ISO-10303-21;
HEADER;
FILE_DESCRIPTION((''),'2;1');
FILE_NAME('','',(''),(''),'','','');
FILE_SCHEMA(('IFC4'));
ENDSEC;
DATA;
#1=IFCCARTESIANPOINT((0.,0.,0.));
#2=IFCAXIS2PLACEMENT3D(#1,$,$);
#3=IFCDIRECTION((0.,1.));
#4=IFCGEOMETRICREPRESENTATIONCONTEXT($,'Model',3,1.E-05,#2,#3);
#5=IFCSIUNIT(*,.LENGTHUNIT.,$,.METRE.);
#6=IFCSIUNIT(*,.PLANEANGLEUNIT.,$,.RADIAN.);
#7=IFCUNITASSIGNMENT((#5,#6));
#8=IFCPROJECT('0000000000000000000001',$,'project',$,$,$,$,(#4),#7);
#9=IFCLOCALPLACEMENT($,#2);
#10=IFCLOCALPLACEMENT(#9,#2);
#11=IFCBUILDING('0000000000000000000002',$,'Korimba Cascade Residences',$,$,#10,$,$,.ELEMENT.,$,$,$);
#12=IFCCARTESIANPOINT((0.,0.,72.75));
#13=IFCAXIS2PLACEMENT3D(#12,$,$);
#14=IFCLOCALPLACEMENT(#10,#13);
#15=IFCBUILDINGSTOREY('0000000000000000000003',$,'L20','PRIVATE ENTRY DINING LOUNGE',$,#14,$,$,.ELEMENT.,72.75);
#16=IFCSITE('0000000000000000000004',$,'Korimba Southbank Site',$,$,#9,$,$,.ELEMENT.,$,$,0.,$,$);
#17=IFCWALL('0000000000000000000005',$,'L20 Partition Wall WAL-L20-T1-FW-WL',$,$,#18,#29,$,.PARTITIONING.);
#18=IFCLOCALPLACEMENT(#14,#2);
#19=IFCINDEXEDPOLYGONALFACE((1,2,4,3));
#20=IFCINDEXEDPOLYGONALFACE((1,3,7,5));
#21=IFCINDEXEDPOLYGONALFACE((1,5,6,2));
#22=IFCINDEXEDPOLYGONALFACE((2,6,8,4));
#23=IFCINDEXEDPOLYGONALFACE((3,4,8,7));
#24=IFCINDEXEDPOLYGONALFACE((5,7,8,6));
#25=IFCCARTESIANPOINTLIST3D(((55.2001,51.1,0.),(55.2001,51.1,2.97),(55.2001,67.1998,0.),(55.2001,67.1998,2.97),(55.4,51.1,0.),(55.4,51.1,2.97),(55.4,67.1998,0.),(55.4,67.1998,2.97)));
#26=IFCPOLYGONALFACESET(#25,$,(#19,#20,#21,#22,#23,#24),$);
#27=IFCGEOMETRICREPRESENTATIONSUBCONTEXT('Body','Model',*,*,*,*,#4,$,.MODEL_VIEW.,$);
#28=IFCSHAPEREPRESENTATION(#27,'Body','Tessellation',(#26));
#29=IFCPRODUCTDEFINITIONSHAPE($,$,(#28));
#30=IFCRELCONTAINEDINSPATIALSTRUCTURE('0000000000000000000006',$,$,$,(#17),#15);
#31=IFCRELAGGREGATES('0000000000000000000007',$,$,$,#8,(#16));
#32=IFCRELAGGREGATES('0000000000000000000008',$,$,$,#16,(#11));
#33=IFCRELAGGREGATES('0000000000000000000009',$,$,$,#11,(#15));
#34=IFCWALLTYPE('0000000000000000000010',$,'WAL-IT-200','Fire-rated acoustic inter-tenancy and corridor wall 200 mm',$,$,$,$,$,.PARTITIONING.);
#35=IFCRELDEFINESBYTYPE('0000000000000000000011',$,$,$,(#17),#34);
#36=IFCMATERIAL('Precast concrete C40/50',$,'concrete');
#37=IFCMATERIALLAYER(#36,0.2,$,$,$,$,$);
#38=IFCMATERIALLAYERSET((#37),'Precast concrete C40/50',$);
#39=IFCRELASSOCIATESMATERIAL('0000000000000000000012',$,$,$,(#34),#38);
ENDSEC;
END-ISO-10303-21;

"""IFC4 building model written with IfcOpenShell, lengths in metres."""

from ifc_helpers import new_model, si_unit, direction, frame, frame_2d, origin, place, context, subcontext, project, spatial, rectangle, extrude, material, layer, layer_set, type_object, element, save


model = new_model("IFC4")

# Units and contexts
model_context = context("Model", 3, precision=1e-05, world=origin(), true_north=direction((0.0, 1.0)))
body_context = subcontext(model_context, "Body", "Model", "MODEL_VIEW")
ifc_project = project(units=[si_unit("LENGTHUNIT", "METRE"), si_unit("PLANEANGLEUNIT", "RADIAN")], contexts=[model_context])

# Site, building, storey
site_placement = place(None, origin())
site = spatial("IfcSite", under=ifc_project, at=site_placement, Name="Korimba Southbank Site", CompositionType="ELEMENT", RefElevation=0.0)
building_placement = place(site_placement, origin())
building = spatial("IfcBuilding", under=site, at=building_placement, Name="Korimba Cascade Residences", CompositionType="ELEMENT")
storey_placement = place(building_placement, frame((0.0, 0.0, 72.75)))
storey = spatial("IfcBuildingStorey", under=building, at=storey_placement, Name="L20", Description="PRIVATE ENTRY DINING LOUNGE", CompositionType="ELEMENT", Elevation=72.75)

# Shared definitions
ifc_material_1 = material(Name="Precast concrete C40/50", Category="concrete")

# Wall
ifc_layer_1 = layer(ifc_material_1, 0.2)
ifc_layer_set_1 = layer_set([ifc_layer_1], Name="Precast concrete C40/50")
wall_type_1 = type_object("IfcWallType", Name="WAL-IT-200", Description="Fire-rated acoustic inter-tenancy and corridor wall 200 mm", PredefinedType="PARTITIONING", material=ifc_layer_set_1)
wall_1_placement = place(storey_placement, frame((55.3, 51.1001, 0.0), z_axis=(0.0, 0.0, 1.0), x_axis=(0.0, 1.0, 0.0)))
element("IfcWall", 1, at=wall_1_placement, inside=storey, type_object=wall_type_1, Name="L20 Partition Wall WAL-L20-T1-FW-WL", PredefinedType="PARTITIONING", context=body_context, shape_type="SweptSolid", body=[
    extrude(rectangle(XDim=16.0999, YDim=0.2, at=frame_2d((8.0498, 0.0))), origin(), (0.0, 0.0, 1.0), 2.97),
])

save(model, "model.ifc")
